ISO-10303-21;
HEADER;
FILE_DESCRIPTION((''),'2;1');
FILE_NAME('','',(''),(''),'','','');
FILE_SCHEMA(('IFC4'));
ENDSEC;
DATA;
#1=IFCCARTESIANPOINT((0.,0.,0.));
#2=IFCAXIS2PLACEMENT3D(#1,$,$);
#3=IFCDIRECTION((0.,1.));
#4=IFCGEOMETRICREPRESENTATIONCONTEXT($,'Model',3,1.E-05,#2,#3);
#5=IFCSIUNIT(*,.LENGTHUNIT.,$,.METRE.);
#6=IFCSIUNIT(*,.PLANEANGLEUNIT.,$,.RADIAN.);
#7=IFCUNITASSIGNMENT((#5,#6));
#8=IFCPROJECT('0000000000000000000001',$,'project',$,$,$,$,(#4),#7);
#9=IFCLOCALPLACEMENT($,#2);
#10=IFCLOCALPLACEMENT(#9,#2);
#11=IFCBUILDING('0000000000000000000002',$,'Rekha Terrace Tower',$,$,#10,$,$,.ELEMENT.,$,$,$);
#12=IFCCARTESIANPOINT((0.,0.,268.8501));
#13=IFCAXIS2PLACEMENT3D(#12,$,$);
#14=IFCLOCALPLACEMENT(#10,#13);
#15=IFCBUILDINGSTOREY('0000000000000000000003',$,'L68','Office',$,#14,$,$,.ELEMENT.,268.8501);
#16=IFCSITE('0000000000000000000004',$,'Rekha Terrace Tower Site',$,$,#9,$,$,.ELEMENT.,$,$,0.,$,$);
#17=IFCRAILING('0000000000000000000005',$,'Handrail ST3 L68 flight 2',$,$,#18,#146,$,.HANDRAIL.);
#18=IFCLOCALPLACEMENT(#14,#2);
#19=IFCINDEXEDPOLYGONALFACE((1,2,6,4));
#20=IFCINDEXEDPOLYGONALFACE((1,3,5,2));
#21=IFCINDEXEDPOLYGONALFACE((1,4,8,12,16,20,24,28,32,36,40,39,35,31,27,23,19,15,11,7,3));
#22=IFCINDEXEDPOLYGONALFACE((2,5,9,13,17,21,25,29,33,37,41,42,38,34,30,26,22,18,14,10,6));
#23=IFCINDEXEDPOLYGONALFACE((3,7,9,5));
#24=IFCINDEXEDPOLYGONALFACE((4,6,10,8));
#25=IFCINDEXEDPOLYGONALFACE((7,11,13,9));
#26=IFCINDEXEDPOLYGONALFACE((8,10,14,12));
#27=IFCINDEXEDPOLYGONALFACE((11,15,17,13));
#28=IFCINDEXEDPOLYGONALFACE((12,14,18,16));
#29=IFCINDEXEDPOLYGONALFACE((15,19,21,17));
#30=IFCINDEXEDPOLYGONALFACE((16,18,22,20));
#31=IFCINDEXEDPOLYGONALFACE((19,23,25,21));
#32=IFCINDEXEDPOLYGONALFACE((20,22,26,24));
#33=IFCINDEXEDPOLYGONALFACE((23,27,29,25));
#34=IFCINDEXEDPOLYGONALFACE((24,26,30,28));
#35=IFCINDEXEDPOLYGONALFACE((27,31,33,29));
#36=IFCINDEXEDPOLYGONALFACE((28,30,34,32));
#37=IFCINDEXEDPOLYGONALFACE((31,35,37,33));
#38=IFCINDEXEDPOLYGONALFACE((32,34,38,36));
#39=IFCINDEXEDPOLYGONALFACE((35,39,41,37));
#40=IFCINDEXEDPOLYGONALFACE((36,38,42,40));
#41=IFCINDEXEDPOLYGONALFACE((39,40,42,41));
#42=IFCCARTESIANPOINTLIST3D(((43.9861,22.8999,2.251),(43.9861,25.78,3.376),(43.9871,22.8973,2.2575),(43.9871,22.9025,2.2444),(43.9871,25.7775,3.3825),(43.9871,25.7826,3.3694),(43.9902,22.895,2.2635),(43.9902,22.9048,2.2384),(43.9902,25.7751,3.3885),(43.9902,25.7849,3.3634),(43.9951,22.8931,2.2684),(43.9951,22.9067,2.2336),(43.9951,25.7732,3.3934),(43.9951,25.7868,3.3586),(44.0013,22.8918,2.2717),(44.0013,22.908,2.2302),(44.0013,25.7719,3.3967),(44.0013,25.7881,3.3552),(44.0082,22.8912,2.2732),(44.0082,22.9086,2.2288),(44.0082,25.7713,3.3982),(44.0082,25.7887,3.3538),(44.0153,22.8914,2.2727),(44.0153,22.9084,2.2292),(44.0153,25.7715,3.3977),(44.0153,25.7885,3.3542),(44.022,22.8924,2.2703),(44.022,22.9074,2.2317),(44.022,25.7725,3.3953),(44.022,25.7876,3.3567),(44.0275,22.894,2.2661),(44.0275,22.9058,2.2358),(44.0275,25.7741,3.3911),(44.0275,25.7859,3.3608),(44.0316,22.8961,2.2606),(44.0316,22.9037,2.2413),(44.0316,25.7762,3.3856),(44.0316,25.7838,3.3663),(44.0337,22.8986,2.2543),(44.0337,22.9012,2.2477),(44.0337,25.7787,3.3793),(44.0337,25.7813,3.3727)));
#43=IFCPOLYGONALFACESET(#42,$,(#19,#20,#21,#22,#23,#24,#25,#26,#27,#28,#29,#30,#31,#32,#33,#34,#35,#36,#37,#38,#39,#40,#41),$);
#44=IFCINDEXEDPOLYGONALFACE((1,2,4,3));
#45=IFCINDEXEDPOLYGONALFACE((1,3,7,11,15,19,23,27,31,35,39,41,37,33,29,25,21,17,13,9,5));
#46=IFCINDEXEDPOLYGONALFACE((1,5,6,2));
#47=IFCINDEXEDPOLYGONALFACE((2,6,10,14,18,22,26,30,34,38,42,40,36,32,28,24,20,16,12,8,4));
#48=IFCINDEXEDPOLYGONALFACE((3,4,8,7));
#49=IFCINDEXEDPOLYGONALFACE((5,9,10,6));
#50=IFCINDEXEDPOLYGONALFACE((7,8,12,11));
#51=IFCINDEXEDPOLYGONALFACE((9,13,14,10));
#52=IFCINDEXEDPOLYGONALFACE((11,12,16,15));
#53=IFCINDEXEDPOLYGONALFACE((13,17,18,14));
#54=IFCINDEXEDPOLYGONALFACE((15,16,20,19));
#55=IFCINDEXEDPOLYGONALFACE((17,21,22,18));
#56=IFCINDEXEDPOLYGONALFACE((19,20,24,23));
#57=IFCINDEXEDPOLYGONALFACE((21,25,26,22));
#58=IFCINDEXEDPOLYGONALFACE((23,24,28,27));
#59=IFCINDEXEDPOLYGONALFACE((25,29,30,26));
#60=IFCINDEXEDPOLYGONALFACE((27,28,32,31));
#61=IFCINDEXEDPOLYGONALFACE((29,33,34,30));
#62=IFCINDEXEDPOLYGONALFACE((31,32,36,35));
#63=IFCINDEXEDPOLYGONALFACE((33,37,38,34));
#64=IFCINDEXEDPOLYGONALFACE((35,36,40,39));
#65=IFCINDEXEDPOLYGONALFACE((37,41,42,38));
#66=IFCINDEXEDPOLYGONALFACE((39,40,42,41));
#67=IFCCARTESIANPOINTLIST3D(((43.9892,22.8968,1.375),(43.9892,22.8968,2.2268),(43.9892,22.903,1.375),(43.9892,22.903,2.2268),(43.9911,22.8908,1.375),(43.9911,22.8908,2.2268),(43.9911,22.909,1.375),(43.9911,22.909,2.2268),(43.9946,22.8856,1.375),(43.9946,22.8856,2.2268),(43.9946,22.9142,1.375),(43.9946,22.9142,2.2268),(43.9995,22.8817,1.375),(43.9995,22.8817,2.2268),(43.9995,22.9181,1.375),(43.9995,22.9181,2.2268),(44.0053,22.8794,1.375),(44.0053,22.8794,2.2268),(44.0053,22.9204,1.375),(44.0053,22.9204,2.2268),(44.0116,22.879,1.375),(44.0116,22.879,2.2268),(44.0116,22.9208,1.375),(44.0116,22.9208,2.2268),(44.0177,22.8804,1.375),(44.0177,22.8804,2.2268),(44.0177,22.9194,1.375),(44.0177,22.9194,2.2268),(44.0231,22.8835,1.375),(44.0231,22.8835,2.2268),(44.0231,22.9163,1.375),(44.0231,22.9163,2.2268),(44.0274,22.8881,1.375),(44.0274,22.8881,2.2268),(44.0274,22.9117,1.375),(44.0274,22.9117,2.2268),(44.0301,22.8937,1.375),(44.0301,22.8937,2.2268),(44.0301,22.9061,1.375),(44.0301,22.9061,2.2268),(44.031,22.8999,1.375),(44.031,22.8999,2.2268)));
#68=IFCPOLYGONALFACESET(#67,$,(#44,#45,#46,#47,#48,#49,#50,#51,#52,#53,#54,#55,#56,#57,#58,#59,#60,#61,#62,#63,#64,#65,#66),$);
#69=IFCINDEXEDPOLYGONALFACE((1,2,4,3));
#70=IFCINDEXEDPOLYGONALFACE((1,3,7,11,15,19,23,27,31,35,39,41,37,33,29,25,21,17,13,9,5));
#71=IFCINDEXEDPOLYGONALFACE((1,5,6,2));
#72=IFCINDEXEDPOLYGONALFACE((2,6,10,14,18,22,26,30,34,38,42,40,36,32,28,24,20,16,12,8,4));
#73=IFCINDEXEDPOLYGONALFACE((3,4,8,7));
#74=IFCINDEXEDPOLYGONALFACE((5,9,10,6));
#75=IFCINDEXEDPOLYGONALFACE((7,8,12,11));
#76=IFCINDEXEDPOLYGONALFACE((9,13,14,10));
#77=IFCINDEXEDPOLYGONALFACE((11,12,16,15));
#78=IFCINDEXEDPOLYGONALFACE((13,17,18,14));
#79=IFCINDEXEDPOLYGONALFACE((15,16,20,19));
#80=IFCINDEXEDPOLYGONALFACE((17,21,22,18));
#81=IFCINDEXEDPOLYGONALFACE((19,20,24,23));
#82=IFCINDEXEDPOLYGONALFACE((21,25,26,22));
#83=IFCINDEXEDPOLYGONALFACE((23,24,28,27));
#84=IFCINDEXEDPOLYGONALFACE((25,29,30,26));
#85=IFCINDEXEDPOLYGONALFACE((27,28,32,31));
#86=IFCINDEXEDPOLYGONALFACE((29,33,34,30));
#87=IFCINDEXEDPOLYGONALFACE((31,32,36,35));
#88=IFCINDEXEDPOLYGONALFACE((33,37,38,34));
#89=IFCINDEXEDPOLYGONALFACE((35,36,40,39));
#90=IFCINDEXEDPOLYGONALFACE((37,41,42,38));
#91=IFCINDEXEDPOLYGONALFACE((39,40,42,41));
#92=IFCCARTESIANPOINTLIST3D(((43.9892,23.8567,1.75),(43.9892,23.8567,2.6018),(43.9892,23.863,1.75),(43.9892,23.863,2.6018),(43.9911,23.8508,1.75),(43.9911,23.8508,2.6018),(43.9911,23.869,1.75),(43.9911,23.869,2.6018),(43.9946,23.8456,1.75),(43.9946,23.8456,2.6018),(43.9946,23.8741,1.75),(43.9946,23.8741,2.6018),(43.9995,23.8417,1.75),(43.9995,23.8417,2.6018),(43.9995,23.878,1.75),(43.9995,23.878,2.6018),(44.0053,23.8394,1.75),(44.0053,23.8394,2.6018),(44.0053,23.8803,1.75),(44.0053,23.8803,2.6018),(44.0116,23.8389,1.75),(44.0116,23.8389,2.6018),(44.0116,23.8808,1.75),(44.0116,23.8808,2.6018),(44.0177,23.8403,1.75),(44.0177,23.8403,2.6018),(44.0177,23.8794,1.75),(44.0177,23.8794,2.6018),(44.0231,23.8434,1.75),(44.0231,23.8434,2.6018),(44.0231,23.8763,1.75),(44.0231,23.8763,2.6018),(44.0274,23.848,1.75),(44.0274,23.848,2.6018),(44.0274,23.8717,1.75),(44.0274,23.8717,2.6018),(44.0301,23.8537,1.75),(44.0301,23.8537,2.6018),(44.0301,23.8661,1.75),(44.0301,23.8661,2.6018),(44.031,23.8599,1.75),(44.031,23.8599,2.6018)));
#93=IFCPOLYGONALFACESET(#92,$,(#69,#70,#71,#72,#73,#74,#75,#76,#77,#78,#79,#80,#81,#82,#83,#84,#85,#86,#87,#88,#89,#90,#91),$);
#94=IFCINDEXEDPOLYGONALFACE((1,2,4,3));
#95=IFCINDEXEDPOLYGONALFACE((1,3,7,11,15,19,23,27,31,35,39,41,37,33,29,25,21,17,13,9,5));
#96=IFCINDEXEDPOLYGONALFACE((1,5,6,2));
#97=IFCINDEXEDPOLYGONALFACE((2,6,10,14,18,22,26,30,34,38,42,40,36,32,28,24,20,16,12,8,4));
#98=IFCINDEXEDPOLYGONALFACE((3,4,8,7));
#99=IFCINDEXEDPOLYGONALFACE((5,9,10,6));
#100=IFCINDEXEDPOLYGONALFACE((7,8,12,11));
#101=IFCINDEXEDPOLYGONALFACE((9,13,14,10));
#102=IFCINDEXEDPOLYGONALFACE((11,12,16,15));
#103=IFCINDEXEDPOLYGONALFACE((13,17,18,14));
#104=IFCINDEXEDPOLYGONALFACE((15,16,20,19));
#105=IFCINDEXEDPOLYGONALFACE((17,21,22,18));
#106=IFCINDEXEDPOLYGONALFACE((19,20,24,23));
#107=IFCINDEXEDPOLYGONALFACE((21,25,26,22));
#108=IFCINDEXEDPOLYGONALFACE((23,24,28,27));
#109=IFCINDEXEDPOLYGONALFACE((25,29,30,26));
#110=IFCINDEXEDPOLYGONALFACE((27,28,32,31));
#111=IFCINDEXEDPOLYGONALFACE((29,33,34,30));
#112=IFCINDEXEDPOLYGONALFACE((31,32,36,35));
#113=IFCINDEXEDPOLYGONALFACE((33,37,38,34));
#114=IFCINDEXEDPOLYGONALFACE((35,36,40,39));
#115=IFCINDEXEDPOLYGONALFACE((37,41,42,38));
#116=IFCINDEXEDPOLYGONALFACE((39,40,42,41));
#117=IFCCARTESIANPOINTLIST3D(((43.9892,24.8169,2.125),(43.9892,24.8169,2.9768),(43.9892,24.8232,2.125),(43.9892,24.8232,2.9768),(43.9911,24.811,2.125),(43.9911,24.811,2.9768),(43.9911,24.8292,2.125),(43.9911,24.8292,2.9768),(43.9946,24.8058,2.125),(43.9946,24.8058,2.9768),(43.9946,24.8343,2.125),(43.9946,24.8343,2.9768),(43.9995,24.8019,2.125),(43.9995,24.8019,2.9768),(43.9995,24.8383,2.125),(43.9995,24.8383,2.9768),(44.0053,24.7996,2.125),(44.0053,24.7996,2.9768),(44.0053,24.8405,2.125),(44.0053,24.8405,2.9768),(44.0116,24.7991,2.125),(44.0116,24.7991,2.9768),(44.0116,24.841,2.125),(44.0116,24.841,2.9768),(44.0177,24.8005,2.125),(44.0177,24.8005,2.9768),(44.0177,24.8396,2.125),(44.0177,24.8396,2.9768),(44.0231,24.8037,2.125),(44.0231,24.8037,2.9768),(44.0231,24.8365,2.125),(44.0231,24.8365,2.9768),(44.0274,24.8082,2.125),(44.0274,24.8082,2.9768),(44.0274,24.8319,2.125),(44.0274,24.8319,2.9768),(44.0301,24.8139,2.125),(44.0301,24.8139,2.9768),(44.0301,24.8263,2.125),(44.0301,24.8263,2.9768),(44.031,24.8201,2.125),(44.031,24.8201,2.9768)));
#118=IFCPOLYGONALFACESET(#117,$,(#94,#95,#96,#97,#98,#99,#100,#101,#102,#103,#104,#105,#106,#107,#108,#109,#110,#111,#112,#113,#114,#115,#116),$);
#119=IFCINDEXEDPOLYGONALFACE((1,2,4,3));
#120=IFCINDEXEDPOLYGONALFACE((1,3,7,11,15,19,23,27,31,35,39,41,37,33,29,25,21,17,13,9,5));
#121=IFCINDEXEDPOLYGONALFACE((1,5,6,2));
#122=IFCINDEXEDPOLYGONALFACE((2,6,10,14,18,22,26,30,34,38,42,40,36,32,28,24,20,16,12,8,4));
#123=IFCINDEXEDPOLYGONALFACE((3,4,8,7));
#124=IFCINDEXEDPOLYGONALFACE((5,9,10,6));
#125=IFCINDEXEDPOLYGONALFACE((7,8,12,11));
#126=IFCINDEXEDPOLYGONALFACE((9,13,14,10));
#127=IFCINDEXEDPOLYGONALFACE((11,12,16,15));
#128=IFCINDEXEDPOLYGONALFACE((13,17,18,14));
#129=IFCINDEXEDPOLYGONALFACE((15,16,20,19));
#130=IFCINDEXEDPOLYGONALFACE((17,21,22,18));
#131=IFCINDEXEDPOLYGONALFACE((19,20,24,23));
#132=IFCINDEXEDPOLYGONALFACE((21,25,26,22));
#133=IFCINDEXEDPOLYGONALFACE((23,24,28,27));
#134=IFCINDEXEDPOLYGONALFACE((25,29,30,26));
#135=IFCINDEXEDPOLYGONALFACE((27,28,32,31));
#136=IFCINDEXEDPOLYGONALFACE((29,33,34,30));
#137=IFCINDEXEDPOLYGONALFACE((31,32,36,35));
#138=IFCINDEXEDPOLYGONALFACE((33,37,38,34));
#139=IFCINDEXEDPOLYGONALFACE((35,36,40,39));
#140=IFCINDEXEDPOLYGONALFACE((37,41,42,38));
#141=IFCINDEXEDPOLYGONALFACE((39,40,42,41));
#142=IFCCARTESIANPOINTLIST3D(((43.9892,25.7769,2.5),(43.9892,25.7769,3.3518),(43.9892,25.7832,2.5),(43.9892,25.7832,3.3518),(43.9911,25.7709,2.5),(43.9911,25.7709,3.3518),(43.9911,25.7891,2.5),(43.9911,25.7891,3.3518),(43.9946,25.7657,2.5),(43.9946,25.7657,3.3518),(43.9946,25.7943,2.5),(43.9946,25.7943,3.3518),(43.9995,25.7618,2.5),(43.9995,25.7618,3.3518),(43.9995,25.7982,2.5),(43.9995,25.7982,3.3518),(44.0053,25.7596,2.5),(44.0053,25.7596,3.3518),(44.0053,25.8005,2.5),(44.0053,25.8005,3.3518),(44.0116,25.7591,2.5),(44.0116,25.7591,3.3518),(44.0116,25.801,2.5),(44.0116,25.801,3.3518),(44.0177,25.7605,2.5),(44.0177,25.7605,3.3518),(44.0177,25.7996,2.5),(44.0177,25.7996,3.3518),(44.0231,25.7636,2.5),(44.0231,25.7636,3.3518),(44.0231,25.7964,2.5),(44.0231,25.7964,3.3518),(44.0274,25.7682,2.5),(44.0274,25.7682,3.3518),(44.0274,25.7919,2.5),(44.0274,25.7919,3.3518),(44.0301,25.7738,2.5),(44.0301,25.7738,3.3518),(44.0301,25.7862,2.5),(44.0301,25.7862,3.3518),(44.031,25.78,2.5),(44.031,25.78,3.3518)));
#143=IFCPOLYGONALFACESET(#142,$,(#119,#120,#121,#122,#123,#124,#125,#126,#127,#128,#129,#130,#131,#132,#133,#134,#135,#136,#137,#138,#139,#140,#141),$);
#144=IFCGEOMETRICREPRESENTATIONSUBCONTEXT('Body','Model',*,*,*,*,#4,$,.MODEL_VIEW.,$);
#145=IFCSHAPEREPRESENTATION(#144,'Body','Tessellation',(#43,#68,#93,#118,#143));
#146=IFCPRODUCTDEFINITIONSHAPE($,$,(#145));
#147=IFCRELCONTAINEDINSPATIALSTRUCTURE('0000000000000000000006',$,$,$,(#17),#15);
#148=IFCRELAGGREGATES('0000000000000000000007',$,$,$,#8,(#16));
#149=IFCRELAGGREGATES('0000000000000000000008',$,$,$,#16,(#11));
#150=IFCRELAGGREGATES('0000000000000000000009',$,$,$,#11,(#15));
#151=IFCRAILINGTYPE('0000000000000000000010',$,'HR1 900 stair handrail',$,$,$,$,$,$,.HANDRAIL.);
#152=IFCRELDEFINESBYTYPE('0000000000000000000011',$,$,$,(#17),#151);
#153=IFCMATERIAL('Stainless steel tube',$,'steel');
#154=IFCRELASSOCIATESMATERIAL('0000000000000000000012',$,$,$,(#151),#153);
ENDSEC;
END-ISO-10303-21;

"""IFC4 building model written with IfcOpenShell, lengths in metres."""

from ifc_helpers import new_model, si_unit, direction, frame, origin, origin_2d, place, context, subcontext, project, spatial, circle, extrude, material, type_object, element, save


model = new_model("IFC4")

# Units and contexts
model_context = context("Model", 3, precision=1e-05, world=origin(), true_north=direction((0.0, 1.0)))
body_context = subcontext(model_context, "Body", "Model", "MODEL_VIEW")
ifc_project = project(units=[si_unit("LENGTHUNIT", "METRE"), si_unit("PLANEANGLEUNIT", "RADIAN")], contexts=[model_context])

# Site, building, storey
site_placement = place(None, origin())
site = spatial("IfcSite", under=ifc_project, at=site_placement, Name="Rekha Terrace Tower Site", CompositionType="ELEMENT", RefElevation=0.0)
building_placement = place(site_placement, origin())
building = spatial("IfcBuilding", under=site, at=building_placement, Name="Rekha Terrace Tower", CompositionType="ELEMENT")
storey_placement = place(building_placement, frame((0.0, 0.0, 268.8501)))
storey = spatial("IfcBuildingStorey", under=building, at=storey_placement, Name="L68", Description="Office", CompositionType="ELEMENT", Elevation=268.8501)

# Railing
ifc_material_1 = material(Name="Stainless steel tube", Category="steel")
railing_type_1 = type_object("IfcRailingType", Name="HR1 900 stair handrail", PredefinedType="HANDRAIL", material=ifc_material_1)
railing_1_placement = place(storey_placement, frame((44.01, 22.8999, 1.375)))
element("IfcRailing", 1, at=railing_1_placement, inside=storey, type_object=railing_type_1, Name="Handrail ST3 L68 flight 2", PredefinedType="HANDRAIL", context=body_context, shape_type="SweptSolid", body=[
    extrude(circle(Radius=0.0239, at=origin_2d()), frame((0.0, 0.0, 0.876), z_axis=(0.0, 0.931463, 0.363837), x_axis=(-1.0, 0.0, 0.0)), (0.0, 0.0, 1.0), 3.092),
    extrude(circle(Radius=0.021, at=origin_2d()), origin(), (0.0, 0.0, 1.0), 0.8518),
    extrude(circle(Radius=0.021, at=origin_2d()), frame((0.0, 0.96, 0.375)), (0.0, 0.0, 1.0), 0.8518),
    extrude(circle(Radius=0.021, at=origin_2d()), frame((0.0, 1.9202, 0.75)), (0.0, 0.0, 1.0), 0.8518),
    extrude(circle(Radius=0.021, at=origin_2d()), frame((0.0, 2.8801, 1.125)), (0.0, 0.0, 1.0), 0.8518),
])

save(model, "model.ifc")
